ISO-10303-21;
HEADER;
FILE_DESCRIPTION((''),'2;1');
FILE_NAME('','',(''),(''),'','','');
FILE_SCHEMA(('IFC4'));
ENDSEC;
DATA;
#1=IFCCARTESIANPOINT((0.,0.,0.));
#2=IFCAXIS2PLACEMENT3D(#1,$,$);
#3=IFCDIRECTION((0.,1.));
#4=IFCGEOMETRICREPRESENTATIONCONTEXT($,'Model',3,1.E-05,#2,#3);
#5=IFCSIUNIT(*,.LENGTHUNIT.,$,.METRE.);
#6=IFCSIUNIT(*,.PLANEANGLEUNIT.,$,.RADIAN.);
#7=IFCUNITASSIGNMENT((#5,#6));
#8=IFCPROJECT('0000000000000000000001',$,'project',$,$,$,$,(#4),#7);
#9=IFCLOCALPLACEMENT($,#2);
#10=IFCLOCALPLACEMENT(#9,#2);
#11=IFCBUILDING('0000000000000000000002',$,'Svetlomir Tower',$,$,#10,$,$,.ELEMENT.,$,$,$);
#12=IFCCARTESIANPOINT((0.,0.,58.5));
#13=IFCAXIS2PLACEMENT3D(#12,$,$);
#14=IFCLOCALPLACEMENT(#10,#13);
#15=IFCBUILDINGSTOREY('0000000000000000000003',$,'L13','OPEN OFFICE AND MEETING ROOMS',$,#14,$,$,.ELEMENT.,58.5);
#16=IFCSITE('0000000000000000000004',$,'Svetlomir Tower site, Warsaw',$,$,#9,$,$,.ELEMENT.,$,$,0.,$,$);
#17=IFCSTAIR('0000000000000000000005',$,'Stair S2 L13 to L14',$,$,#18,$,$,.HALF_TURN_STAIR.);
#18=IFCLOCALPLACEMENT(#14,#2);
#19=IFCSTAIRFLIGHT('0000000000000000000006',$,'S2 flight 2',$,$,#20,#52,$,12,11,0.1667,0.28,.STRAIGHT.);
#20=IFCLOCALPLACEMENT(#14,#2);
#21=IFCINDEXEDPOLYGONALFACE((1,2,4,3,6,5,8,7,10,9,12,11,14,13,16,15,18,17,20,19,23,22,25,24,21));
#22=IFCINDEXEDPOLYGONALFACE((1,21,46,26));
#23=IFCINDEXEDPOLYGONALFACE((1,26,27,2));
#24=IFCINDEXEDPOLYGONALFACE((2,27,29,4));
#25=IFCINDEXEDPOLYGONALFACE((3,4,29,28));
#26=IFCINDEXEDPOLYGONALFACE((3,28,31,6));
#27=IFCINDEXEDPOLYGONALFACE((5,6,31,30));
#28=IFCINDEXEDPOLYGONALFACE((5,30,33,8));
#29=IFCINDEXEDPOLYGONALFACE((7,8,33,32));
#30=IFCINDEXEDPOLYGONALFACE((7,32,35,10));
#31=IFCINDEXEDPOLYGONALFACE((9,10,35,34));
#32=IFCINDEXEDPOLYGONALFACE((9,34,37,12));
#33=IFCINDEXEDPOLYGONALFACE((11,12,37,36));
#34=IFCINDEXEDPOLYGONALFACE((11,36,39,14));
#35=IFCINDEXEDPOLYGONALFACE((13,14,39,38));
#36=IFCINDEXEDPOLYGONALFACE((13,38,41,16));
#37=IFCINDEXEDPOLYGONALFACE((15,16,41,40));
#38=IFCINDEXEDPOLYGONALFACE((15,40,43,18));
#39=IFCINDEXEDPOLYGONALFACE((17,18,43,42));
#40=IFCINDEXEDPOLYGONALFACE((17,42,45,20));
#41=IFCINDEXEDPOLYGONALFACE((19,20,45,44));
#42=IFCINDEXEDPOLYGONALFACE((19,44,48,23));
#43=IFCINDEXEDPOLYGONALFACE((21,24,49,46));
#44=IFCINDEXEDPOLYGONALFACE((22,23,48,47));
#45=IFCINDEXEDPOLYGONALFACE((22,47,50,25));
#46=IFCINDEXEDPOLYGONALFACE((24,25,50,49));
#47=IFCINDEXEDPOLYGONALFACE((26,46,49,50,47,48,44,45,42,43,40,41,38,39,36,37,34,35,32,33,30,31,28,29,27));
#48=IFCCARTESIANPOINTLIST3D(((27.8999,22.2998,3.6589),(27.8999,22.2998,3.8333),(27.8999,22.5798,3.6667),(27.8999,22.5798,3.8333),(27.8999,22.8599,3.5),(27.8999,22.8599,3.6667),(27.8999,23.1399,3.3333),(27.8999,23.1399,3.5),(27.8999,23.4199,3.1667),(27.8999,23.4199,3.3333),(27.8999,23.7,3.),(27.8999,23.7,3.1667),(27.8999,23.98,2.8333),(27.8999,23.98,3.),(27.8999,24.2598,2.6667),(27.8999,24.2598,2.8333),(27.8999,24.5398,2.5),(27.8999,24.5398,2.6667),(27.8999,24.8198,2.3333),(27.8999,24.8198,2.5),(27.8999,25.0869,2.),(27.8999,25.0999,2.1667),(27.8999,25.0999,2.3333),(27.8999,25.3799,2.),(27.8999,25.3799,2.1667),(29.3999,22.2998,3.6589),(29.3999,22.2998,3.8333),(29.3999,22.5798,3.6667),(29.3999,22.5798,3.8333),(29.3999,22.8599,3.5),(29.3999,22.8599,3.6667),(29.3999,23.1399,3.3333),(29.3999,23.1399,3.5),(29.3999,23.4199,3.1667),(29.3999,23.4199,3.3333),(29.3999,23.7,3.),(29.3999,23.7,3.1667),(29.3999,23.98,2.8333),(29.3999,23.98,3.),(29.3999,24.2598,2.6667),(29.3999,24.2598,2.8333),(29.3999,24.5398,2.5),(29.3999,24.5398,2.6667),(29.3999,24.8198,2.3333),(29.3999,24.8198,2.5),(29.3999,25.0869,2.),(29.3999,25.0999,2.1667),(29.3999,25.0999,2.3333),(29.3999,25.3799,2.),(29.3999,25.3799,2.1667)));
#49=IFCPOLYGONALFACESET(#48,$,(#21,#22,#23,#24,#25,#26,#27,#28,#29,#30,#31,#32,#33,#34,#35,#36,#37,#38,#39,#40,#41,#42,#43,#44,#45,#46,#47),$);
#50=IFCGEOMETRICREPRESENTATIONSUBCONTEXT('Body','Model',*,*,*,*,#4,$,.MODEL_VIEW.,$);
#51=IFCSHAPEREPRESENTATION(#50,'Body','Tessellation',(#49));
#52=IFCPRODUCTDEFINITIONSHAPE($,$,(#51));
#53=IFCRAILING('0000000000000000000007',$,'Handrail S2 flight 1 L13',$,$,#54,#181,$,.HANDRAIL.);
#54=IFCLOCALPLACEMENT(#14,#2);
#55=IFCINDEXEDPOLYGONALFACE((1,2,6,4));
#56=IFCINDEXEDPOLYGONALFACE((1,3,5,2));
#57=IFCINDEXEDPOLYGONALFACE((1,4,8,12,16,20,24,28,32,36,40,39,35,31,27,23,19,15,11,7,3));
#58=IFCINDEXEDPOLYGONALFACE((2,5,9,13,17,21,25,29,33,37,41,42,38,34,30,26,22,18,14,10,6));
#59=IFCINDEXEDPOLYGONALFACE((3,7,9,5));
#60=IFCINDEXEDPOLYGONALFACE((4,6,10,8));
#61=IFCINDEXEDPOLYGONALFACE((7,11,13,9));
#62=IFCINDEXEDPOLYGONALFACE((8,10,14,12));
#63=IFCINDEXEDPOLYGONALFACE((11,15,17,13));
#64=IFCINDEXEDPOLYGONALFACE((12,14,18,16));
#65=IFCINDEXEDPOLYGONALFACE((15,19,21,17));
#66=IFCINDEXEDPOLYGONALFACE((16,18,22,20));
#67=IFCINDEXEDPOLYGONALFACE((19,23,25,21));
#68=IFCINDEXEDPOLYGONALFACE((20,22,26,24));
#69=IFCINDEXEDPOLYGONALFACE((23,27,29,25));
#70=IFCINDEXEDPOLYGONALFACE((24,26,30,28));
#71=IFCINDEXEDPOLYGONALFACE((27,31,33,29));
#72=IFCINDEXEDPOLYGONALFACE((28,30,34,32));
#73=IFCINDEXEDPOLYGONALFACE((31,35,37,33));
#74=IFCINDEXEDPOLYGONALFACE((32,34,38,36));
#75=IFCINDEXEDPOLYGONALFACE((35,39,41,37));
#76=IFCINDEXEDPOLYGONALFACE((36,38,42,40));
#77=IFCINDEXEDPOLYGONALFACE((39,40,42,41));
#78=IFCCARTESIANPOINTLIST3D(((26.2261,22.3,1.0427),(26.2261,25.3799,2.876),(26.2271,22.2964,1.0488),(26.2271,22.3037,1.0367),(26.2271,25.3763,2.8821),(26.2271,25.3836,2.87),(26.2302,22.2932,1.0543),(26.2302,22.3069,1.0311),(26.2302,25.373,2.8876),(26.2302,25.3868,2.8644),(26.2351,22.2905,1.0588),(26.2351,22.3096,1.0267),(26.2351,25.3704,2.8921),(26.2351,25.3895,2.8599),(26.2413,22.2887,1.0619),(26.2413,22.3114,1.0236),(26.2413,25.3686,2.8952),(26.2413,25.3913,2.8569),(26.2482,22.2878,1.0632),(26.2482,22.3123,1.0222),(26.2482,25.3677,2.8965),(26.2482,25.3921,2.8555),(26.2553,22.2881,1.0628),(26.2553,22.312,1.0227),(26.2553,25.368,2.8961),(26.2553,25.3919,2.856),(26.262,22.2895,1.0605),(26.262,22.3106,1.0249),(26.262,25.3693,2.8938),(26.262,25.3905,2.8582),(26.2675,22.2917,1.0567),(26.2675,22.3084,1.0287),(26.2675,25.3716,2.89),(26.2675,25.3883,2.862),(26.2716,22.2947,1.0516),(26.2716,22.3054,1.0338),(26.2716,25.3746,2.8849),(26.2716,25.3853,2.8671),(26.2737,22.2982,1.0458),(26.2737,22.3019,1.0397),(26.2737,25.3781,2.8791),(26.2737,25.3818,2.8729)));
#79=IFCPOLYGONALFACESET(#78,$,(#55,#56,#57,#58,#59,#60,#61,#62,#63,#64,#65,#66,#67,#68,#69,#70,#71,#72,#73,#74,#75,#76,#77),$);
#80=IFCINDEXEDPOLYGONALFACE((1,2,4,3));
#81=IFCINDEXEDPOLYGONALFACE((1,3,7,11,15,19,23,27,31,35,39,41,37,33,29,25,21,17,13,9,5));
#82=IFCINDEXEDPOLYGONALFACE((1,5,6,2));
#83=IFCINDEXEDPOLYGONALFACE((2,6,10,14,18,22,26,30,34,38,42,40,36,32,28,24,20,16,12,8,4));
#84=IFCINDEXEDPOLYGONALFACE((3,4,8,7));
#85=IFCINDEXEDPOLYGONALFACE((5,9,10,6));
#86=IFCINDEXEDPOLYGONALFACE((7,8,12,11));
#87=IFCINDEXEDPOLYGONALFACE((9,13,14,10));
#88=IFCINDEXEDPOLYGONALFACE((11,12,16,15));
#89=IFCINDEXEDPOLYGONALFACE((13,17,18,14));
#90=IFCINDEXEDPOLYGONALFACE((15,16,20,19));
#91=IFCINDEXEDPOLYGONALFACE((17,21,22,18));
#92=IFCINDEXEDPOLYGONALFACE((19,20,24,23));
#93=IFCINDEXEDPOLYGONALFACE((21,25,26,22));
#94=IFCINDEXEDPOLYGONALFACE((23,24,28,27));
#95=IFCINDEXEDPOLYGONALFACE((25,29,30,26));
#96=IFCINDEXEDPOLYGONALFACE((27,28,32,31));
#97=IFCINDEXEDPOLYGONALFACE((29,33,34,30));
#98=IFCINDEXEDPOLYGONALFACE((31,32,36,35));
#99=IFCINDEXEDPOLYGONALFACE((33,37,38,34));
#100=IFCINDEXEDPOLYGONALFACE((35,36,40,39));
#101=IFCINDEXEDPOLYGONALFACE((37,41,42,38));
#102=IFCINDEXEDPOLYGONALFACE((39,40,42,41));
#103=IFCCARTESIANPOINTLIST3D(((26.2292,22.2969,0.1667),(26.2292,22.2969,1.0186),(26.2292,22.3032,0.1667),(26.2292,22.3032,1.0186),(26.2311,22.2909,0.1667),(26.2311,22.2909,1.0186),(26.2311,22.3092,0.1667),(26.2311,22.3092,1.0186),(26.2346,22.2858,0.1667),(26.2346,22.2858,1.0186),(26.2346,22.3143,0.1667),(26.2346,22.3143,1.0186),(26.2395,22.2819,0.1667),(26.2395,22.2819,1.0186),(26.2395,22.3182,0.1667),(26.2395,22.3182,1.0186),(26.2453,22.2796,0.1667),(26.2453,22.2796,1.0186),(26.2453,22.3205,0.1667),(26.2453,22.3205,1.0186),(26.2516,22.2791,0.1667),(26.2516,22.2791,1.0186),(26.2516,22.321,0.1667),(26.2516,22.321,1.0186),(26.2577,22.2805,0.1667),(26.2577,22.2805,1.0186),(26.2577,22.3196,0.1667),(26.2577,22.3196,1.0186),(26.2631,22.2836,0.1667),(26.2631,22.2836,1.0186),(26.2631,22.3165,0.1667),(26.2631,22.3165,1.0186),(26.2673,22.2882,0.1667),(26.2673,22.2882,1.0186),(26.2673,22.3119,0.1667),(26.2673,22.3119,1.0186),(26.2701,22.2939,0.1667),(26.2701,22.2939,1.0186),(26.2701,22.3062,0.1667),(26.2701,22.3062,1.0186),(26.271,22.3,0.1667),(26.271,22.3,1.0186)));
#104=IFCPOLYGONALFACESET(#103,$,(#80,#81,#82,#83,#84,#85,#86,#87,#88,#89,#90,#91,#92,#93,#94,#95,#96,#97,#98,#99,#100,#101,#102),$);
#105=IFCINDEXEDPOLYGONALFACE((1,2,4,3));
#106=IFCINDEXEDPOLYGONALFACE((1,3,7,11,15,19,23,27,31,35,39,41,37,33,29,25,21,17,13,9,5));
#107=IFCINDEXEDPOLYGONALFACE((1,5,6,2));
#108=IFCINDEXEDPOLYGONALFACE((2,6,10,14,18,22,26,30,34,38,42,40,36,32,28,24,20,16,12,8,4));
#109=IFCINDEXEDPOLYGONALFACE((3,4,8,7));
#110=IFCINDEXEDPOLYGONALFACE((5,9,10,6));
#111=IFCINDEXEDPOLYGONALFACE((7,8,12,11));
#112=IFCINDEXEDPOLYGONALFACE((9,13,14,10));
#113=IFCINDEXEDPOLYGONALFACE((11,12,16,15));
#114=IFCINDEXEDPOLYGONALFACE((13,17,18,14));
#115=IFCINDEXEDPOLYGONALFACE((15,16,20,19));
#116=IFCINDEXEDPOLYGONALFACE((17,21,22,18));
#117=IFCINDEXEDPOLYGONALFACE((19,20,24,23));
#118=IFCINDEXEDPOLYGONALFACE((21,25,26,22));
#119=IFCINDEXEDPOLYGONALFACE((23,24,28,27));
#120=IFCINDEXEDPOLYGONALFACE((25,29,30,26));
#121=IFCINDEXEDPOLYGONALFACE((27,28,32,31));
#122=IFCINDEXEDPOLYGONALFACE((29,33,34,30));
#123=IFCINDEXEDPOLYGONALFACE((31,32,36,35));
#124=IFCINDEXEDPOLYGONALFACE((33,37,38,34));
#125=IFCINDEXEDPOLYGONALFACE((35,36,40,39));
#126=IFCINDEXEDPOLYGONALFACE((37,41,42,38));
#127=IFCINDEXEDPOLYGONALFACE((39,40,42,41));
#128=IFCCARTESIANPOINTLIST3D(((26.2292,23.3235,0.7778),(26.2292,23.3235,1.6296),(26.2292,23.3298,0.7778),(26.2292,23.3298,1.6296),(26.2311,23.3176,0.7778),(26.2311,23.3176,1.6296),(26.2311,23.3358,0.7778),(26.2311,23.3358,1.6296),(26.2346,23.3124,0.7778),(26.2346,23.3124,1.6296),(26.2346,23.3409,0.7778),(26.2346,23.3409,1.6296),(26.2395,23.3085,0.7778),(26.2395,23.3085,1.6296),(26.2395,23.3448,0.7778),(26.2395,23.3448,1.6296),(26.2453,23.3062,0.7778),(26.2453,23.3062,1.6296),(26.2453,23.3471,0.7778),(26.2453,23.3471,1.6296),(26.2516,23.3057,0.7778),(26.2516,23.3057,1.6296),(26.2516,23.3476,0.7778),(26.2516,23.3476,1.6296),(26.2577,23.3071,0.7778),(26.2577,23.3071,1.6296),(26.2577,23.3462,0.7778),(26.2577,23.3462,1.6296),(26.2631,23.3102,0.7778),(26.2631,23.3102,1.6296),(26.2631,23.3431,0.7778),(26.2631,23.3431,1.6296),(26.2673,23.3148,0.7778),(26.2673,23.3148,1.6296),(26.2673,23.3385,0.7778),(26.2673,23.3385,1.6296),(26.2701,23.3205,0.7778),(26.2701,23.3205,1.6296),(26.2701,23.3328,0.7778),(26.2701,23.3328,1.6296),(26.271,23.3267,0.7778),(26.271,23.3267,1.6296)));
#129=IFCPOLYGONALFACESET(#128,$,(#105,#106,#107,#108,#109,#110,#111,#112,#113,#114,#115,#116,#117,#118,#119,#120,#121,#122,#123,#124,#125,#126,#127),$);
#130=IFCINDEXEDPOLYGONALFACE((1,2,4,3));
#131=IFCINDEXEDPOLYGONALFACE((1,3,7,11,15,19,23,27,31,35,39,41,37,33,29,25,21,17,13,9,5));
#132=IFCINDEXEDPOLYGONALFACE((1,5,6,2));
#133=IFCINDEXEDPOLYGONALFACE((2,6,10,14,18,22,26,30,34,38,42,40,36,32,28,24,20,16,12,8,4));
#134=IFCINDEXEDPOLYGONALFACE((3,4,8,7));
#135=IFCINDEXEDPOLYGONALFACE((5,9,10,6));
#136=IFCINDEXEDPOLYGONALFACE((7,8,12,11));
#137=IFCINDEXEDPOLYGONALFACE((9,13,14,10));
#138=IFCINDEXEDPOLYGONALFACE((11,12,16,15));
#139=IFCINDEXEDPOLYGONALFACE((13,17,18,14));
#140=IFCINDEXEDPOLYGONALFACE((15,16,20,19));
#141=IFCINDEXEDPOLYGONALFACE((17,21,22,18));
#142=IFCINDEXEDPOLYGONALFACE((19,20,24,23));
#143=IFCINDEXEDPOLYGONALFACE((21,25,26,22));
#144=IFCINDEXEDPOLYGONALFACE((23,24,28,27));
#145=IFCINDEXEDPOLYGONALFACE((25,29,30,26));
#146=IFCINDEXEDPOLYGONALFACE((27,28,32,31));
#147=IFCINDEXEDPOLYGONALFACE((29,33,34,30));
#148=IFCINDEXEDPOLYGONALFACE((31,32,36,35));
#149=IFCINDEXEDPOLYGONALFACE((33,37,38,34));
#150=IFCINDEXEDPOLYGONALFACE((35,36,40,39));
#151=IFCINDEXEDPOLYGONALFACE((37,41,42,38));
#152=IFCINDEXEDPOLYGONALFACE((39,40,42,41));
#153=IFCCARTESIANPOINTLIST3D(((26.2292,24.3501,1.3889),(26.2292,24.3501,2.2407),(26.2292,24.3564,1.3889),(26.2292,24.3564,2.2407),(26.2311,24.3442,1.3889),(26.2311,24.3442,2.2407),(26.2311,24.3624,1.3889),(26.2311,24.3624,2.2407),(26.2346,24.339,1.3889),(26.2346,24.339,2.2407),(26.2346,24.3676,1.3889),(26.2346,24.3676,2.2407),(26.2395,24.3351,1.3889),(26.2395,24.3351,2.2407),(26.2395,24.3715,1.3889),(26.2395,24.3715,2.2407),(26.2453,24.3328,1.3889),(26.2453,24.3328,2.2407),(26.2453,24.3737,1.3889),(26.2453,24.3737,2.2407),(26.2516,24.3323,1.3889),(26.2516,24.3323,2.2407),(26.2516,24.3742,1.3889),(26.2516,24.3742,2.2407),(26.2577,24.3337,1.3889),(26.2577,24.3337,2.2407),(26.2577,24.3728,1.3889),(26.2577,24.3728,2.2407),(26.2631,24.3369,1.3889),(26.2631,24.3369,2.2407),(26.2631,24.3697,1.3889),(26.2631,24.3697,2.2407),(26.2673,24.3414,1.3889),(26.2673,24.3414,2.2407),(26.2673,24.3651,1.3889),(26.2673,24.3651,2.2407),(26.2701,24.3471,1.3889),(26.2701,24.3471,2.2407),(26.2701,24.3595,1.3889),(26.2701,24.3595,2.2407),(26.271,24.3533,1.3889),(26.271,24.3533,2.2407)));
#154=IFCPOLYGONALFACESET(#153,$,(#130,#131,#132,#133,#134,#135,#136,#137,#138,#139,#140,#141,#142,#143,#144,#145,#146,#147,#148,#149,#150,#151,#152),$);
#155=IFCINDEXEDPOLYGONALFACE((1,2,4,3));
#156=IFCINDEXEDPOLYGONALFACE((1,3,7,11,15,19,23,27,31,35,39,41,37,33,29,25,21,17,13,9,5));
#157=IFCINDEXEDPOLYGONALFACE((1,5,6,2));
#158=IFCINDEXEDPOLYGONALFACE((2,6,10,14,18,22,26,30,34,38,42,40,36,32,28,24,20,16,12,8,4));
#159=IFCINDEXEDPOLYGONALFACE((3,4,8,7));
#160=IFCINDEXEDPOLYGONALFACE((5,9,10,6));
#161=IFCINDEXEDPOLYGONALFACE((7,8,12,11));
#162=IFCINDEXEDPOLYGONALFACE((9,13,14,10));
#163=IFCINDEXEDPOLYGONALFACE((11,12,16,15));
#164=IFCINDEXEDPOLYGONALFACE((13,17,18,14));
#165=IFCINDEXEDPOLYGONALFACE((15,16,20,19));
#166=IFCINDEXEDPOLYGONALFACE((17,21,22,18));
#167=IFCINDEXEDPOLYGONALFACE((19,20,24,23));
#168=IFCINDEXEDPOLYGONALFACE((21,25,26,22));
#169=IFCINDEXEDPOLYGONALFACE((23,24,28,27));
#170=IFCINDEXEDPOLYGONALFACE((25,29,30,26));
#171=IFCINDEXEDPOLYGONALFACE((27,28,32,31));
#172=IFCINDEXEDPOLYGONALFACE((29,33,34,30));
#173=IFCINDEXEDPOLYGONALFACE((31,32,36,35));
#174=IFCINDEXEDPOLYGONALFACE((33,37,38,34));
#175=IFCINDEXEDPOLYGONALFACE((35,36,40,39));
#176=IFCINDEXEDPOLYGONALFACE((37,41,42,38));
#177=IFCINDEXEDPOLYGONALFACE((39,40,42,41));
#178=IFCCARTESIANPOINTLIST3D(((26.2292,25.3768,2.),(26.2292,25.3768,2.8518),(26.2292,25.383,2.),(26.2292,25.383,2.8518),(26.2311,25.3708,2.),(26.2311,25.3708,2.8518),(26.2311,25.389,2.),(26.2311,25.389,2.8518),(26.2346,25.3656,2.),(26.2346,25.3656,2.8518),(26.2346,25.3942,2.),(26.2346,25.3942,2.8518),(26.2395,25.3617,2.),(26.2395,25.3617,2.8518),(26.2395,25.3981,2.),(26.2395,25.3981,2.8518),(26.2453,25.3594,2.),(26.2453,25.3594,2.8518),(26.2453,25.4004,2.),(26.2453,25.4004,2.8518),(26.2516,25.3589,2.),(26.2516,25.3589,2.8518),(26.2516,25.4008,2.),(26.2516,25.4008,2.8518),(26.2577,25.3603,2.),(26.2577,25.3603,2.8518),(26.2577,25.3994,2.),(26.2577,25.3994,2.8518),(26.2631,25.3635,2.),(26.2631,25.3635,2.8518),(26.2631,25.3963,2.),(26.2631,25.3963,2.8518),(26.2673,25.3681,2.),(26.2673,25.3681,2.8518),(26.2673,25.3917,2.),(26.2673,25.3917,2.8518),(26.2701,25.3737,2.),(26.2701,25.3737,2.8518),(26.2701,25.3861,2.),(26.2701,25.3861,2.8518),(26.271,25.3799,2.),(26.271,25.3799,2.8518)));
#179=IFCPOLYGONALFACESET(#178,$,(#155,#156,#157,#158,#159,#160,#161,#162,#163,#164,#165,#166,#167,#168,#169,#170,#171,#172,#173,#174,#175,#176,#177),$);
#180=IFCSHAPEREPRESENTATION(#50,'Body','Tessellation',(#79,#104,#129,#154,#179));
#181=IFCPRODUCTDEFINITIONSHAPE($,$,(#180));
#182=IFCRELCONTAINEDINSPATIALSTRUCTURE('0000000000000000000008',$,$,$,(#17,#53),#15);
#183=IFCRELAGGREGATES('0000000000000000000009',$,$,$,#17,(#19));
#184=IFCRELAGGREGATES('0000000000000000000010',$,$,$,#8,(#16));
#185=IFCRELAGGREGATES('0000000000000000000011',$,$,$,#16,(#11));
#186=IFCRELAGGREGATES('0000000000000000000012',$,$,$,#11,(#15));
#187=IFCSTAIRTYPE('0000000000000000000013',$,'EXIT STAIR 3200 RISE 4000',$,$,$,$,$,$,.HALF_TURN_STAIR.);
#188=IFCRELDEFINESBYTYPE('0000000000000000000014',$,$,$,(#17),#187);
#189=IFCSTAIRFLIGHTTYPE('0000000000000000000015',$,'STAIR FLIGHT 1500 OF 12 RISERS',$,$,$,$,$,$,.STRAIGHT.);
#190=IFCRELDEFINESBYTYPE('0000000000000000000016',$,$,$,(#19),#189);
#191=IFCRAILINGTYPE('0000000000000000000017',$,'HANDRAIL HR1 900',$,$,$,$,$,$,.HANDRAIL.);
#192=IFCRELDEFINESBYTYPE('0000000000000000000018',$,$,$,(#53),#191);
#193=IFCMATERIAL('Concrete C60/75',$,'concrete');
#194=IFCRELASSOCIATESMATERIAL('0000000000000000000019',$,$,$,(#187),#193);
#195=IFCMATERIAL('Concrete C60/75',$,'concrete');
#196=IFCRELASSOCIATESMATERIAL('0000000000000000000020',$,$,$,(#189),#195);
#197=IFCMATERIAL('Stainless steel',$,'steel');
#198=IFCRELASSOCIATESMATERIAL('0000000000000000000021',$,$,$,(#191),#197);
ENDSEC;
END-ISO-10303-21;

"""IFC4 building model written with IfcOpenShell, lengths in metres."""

from ifc_helpers import new_model, si_unit, direction, frame, origin, origin_2d, place, context, subcontext, project, spatial, polyline, circle, outline, extrude, material, type_object, element, aggregate, save


model = new_model("IFC4")

# Units and contexts
model_context = context("Model", 3, precision=1e-05, world=origin(), true_north=direction((0.0, 1.0)))
body_context = subcontext(model_context, "Body", "Model", "MODEL_VIEW")
ifc_project = project(units=[si_unit("LENGTHUNIT", "METRE"), si_unit("PLANEANGLEUNIT", "RADIAN")], contexts=[model_context])

# Site, building, storey
site_placement = place(None, origin())
site = spatial("IfcSite", under=ifc_project, at=site_placement, Name="Svetlomir Tower site, Warsaw", CompositionType="ELEMENT", RefElevation=0.0)
building_placement = place(site_placement, origin())
building = spatial("IfcBuilding", under=site, at=building_placement, Name="Svetlomir Tower", CompositionType="ELEMENT")
storey_placement = place(building_placement, frame((0.0, 0.0, 58.5)))
storey = spatial("IfcBuildingStorey", under=building, at=storey_placement, Name="L13", Description="OPEN OFFICE AND MEETING ROOMS", CompositionType="ELEMENT", Elevation=58.5)

# Shared definitions
ifc_material_1 = material(Name="Concrete C60/75", Category="concrete")
stair_type = type_object("IfcStairType", Name="EXIT STAIR 3200 RISE 4000", PredefinedType="HALF_TURN_STAIR", material=ifc_material_1)
ifc_material_2 = material(Name="Concrete C60/75", Category="concrete")
stair_flight_type = type_object("IfcStairFlightType", Name="STAIR FLIGHT 1500 OF 12 RISERS", PredefinedType="STRAIGHT", material=ifc_material_2)

# Stair, stair flight
stair_1_placement = place(storey_placement, origin())
stair_1 = element("IfcStair", 1, at=stair_1_placement, inside=storey, type_object=stair_type, Name="Stair S2 L13 to L14", PredefinedType="HALF_TURN_STAIR")
stair_flight_1_placement = place(storey_placement, frame((28.6499, 25.3799, 2.0), z_axis=(0.0, 0.0, 1.0), x_axis=(0.0, -1.0, 0.0)))
stair_flight_1 = element("IfcStairFlight", 2, at=stair_flight_1_placement, type_object=stair_flight_type, Name="S2 flight 2", NumberOfRisers=12, NumberOfTreads=11, PredefinedType="STRAIGHT", RiserHeight=0.1667, TreadLength=0.28, context=body_context, shape_type="SweptSolid", body=[
    extrude(outline(polyline([(0.0, 0.0), (0.0, 0.1667), (0.28, 0.1667), (0.28, 0.3333), (0.5601, 0.3333), (0.5601, 0.5), (0.8401, 0.5), (0.8401, 0.6667), (1.1201, 0.6667), (1.1201, 0.8333), (1.3999, 0.8333), (1.3999, 1.0), (1.6799, 1.0), (1.6799, 1.1667), (1.96, 1.1667), (1.96, 1.3333), (2.24, 1.3333), (2.24, 1.5), (2.52, 1.5), (2.52, 1.6667), (2.8, 1.6667), (2.8, 1.8333), (3.0801, 1.8333), (3.0801, 2.0), (3.0801, 1.6589), (0.293, 0.0), (0.0, 0.0)])), frame((0.0, 0.75, 0.0), z_axis=(0.0, -1.0, 0.0), x_axis=(1.0, 0.0, 0.0)), (0.0, 0.0, 1.0), 1.5),
])
aggregate(stair_1, [stair_flight_1])

# Railing
ifc_material_3 = material(Name="Stainless steel", Category="steel")
railing_type = type_object("IfcRailingType", Name="HANDRAIL HR1 900", PredefinedType="HANDRAIL", material=ifc_material_3)
railing_1_placement = place(storey_placement, frame((26.25, 22.3, 0.1667)))
element("IfcRailing", 3, at=railing_1_placement, inside=storey, type_object=railing_type, Name="Handrail S2 flight 1 L13", PredefinedType="HANDRAIL", context=body_context, shape_type="SweptSolid", body=[
    extrude(circle(Radius=0.0239, at=origin_2d()), frame((0.0, 0.0, 0.876), z_axis=(0.0, 0.859291, 0.511487), x_axis=(-1.0, 0.0, 0.0)), (0.0, 0.0, 1.0), 3.5842),
    extrude(circle(Radius=0.021, at=origin_2d()), origin(), (0.0, 0.0, 1.0), 0.8518),
    extrude(circle(Radius=0.021, at=origin_2d()), frame((0.0, 1.0266, 0.6111)), (0.0, 0.0, 1.0), 0.8518),
    extrude(circle(Radius=0.021, at=origin_2d()), frame((0.0, 2.0532, 1.2222)), (0.0, 0.0, 1.0), 0.8518),
    extrude(circle(Radius=0.021, at=origin_2d()), frame((0.0, 3.0798, 1.8333)), (0.0, 0.0, 1.0), 0.8518),
])

save(model, "model.ifc")
